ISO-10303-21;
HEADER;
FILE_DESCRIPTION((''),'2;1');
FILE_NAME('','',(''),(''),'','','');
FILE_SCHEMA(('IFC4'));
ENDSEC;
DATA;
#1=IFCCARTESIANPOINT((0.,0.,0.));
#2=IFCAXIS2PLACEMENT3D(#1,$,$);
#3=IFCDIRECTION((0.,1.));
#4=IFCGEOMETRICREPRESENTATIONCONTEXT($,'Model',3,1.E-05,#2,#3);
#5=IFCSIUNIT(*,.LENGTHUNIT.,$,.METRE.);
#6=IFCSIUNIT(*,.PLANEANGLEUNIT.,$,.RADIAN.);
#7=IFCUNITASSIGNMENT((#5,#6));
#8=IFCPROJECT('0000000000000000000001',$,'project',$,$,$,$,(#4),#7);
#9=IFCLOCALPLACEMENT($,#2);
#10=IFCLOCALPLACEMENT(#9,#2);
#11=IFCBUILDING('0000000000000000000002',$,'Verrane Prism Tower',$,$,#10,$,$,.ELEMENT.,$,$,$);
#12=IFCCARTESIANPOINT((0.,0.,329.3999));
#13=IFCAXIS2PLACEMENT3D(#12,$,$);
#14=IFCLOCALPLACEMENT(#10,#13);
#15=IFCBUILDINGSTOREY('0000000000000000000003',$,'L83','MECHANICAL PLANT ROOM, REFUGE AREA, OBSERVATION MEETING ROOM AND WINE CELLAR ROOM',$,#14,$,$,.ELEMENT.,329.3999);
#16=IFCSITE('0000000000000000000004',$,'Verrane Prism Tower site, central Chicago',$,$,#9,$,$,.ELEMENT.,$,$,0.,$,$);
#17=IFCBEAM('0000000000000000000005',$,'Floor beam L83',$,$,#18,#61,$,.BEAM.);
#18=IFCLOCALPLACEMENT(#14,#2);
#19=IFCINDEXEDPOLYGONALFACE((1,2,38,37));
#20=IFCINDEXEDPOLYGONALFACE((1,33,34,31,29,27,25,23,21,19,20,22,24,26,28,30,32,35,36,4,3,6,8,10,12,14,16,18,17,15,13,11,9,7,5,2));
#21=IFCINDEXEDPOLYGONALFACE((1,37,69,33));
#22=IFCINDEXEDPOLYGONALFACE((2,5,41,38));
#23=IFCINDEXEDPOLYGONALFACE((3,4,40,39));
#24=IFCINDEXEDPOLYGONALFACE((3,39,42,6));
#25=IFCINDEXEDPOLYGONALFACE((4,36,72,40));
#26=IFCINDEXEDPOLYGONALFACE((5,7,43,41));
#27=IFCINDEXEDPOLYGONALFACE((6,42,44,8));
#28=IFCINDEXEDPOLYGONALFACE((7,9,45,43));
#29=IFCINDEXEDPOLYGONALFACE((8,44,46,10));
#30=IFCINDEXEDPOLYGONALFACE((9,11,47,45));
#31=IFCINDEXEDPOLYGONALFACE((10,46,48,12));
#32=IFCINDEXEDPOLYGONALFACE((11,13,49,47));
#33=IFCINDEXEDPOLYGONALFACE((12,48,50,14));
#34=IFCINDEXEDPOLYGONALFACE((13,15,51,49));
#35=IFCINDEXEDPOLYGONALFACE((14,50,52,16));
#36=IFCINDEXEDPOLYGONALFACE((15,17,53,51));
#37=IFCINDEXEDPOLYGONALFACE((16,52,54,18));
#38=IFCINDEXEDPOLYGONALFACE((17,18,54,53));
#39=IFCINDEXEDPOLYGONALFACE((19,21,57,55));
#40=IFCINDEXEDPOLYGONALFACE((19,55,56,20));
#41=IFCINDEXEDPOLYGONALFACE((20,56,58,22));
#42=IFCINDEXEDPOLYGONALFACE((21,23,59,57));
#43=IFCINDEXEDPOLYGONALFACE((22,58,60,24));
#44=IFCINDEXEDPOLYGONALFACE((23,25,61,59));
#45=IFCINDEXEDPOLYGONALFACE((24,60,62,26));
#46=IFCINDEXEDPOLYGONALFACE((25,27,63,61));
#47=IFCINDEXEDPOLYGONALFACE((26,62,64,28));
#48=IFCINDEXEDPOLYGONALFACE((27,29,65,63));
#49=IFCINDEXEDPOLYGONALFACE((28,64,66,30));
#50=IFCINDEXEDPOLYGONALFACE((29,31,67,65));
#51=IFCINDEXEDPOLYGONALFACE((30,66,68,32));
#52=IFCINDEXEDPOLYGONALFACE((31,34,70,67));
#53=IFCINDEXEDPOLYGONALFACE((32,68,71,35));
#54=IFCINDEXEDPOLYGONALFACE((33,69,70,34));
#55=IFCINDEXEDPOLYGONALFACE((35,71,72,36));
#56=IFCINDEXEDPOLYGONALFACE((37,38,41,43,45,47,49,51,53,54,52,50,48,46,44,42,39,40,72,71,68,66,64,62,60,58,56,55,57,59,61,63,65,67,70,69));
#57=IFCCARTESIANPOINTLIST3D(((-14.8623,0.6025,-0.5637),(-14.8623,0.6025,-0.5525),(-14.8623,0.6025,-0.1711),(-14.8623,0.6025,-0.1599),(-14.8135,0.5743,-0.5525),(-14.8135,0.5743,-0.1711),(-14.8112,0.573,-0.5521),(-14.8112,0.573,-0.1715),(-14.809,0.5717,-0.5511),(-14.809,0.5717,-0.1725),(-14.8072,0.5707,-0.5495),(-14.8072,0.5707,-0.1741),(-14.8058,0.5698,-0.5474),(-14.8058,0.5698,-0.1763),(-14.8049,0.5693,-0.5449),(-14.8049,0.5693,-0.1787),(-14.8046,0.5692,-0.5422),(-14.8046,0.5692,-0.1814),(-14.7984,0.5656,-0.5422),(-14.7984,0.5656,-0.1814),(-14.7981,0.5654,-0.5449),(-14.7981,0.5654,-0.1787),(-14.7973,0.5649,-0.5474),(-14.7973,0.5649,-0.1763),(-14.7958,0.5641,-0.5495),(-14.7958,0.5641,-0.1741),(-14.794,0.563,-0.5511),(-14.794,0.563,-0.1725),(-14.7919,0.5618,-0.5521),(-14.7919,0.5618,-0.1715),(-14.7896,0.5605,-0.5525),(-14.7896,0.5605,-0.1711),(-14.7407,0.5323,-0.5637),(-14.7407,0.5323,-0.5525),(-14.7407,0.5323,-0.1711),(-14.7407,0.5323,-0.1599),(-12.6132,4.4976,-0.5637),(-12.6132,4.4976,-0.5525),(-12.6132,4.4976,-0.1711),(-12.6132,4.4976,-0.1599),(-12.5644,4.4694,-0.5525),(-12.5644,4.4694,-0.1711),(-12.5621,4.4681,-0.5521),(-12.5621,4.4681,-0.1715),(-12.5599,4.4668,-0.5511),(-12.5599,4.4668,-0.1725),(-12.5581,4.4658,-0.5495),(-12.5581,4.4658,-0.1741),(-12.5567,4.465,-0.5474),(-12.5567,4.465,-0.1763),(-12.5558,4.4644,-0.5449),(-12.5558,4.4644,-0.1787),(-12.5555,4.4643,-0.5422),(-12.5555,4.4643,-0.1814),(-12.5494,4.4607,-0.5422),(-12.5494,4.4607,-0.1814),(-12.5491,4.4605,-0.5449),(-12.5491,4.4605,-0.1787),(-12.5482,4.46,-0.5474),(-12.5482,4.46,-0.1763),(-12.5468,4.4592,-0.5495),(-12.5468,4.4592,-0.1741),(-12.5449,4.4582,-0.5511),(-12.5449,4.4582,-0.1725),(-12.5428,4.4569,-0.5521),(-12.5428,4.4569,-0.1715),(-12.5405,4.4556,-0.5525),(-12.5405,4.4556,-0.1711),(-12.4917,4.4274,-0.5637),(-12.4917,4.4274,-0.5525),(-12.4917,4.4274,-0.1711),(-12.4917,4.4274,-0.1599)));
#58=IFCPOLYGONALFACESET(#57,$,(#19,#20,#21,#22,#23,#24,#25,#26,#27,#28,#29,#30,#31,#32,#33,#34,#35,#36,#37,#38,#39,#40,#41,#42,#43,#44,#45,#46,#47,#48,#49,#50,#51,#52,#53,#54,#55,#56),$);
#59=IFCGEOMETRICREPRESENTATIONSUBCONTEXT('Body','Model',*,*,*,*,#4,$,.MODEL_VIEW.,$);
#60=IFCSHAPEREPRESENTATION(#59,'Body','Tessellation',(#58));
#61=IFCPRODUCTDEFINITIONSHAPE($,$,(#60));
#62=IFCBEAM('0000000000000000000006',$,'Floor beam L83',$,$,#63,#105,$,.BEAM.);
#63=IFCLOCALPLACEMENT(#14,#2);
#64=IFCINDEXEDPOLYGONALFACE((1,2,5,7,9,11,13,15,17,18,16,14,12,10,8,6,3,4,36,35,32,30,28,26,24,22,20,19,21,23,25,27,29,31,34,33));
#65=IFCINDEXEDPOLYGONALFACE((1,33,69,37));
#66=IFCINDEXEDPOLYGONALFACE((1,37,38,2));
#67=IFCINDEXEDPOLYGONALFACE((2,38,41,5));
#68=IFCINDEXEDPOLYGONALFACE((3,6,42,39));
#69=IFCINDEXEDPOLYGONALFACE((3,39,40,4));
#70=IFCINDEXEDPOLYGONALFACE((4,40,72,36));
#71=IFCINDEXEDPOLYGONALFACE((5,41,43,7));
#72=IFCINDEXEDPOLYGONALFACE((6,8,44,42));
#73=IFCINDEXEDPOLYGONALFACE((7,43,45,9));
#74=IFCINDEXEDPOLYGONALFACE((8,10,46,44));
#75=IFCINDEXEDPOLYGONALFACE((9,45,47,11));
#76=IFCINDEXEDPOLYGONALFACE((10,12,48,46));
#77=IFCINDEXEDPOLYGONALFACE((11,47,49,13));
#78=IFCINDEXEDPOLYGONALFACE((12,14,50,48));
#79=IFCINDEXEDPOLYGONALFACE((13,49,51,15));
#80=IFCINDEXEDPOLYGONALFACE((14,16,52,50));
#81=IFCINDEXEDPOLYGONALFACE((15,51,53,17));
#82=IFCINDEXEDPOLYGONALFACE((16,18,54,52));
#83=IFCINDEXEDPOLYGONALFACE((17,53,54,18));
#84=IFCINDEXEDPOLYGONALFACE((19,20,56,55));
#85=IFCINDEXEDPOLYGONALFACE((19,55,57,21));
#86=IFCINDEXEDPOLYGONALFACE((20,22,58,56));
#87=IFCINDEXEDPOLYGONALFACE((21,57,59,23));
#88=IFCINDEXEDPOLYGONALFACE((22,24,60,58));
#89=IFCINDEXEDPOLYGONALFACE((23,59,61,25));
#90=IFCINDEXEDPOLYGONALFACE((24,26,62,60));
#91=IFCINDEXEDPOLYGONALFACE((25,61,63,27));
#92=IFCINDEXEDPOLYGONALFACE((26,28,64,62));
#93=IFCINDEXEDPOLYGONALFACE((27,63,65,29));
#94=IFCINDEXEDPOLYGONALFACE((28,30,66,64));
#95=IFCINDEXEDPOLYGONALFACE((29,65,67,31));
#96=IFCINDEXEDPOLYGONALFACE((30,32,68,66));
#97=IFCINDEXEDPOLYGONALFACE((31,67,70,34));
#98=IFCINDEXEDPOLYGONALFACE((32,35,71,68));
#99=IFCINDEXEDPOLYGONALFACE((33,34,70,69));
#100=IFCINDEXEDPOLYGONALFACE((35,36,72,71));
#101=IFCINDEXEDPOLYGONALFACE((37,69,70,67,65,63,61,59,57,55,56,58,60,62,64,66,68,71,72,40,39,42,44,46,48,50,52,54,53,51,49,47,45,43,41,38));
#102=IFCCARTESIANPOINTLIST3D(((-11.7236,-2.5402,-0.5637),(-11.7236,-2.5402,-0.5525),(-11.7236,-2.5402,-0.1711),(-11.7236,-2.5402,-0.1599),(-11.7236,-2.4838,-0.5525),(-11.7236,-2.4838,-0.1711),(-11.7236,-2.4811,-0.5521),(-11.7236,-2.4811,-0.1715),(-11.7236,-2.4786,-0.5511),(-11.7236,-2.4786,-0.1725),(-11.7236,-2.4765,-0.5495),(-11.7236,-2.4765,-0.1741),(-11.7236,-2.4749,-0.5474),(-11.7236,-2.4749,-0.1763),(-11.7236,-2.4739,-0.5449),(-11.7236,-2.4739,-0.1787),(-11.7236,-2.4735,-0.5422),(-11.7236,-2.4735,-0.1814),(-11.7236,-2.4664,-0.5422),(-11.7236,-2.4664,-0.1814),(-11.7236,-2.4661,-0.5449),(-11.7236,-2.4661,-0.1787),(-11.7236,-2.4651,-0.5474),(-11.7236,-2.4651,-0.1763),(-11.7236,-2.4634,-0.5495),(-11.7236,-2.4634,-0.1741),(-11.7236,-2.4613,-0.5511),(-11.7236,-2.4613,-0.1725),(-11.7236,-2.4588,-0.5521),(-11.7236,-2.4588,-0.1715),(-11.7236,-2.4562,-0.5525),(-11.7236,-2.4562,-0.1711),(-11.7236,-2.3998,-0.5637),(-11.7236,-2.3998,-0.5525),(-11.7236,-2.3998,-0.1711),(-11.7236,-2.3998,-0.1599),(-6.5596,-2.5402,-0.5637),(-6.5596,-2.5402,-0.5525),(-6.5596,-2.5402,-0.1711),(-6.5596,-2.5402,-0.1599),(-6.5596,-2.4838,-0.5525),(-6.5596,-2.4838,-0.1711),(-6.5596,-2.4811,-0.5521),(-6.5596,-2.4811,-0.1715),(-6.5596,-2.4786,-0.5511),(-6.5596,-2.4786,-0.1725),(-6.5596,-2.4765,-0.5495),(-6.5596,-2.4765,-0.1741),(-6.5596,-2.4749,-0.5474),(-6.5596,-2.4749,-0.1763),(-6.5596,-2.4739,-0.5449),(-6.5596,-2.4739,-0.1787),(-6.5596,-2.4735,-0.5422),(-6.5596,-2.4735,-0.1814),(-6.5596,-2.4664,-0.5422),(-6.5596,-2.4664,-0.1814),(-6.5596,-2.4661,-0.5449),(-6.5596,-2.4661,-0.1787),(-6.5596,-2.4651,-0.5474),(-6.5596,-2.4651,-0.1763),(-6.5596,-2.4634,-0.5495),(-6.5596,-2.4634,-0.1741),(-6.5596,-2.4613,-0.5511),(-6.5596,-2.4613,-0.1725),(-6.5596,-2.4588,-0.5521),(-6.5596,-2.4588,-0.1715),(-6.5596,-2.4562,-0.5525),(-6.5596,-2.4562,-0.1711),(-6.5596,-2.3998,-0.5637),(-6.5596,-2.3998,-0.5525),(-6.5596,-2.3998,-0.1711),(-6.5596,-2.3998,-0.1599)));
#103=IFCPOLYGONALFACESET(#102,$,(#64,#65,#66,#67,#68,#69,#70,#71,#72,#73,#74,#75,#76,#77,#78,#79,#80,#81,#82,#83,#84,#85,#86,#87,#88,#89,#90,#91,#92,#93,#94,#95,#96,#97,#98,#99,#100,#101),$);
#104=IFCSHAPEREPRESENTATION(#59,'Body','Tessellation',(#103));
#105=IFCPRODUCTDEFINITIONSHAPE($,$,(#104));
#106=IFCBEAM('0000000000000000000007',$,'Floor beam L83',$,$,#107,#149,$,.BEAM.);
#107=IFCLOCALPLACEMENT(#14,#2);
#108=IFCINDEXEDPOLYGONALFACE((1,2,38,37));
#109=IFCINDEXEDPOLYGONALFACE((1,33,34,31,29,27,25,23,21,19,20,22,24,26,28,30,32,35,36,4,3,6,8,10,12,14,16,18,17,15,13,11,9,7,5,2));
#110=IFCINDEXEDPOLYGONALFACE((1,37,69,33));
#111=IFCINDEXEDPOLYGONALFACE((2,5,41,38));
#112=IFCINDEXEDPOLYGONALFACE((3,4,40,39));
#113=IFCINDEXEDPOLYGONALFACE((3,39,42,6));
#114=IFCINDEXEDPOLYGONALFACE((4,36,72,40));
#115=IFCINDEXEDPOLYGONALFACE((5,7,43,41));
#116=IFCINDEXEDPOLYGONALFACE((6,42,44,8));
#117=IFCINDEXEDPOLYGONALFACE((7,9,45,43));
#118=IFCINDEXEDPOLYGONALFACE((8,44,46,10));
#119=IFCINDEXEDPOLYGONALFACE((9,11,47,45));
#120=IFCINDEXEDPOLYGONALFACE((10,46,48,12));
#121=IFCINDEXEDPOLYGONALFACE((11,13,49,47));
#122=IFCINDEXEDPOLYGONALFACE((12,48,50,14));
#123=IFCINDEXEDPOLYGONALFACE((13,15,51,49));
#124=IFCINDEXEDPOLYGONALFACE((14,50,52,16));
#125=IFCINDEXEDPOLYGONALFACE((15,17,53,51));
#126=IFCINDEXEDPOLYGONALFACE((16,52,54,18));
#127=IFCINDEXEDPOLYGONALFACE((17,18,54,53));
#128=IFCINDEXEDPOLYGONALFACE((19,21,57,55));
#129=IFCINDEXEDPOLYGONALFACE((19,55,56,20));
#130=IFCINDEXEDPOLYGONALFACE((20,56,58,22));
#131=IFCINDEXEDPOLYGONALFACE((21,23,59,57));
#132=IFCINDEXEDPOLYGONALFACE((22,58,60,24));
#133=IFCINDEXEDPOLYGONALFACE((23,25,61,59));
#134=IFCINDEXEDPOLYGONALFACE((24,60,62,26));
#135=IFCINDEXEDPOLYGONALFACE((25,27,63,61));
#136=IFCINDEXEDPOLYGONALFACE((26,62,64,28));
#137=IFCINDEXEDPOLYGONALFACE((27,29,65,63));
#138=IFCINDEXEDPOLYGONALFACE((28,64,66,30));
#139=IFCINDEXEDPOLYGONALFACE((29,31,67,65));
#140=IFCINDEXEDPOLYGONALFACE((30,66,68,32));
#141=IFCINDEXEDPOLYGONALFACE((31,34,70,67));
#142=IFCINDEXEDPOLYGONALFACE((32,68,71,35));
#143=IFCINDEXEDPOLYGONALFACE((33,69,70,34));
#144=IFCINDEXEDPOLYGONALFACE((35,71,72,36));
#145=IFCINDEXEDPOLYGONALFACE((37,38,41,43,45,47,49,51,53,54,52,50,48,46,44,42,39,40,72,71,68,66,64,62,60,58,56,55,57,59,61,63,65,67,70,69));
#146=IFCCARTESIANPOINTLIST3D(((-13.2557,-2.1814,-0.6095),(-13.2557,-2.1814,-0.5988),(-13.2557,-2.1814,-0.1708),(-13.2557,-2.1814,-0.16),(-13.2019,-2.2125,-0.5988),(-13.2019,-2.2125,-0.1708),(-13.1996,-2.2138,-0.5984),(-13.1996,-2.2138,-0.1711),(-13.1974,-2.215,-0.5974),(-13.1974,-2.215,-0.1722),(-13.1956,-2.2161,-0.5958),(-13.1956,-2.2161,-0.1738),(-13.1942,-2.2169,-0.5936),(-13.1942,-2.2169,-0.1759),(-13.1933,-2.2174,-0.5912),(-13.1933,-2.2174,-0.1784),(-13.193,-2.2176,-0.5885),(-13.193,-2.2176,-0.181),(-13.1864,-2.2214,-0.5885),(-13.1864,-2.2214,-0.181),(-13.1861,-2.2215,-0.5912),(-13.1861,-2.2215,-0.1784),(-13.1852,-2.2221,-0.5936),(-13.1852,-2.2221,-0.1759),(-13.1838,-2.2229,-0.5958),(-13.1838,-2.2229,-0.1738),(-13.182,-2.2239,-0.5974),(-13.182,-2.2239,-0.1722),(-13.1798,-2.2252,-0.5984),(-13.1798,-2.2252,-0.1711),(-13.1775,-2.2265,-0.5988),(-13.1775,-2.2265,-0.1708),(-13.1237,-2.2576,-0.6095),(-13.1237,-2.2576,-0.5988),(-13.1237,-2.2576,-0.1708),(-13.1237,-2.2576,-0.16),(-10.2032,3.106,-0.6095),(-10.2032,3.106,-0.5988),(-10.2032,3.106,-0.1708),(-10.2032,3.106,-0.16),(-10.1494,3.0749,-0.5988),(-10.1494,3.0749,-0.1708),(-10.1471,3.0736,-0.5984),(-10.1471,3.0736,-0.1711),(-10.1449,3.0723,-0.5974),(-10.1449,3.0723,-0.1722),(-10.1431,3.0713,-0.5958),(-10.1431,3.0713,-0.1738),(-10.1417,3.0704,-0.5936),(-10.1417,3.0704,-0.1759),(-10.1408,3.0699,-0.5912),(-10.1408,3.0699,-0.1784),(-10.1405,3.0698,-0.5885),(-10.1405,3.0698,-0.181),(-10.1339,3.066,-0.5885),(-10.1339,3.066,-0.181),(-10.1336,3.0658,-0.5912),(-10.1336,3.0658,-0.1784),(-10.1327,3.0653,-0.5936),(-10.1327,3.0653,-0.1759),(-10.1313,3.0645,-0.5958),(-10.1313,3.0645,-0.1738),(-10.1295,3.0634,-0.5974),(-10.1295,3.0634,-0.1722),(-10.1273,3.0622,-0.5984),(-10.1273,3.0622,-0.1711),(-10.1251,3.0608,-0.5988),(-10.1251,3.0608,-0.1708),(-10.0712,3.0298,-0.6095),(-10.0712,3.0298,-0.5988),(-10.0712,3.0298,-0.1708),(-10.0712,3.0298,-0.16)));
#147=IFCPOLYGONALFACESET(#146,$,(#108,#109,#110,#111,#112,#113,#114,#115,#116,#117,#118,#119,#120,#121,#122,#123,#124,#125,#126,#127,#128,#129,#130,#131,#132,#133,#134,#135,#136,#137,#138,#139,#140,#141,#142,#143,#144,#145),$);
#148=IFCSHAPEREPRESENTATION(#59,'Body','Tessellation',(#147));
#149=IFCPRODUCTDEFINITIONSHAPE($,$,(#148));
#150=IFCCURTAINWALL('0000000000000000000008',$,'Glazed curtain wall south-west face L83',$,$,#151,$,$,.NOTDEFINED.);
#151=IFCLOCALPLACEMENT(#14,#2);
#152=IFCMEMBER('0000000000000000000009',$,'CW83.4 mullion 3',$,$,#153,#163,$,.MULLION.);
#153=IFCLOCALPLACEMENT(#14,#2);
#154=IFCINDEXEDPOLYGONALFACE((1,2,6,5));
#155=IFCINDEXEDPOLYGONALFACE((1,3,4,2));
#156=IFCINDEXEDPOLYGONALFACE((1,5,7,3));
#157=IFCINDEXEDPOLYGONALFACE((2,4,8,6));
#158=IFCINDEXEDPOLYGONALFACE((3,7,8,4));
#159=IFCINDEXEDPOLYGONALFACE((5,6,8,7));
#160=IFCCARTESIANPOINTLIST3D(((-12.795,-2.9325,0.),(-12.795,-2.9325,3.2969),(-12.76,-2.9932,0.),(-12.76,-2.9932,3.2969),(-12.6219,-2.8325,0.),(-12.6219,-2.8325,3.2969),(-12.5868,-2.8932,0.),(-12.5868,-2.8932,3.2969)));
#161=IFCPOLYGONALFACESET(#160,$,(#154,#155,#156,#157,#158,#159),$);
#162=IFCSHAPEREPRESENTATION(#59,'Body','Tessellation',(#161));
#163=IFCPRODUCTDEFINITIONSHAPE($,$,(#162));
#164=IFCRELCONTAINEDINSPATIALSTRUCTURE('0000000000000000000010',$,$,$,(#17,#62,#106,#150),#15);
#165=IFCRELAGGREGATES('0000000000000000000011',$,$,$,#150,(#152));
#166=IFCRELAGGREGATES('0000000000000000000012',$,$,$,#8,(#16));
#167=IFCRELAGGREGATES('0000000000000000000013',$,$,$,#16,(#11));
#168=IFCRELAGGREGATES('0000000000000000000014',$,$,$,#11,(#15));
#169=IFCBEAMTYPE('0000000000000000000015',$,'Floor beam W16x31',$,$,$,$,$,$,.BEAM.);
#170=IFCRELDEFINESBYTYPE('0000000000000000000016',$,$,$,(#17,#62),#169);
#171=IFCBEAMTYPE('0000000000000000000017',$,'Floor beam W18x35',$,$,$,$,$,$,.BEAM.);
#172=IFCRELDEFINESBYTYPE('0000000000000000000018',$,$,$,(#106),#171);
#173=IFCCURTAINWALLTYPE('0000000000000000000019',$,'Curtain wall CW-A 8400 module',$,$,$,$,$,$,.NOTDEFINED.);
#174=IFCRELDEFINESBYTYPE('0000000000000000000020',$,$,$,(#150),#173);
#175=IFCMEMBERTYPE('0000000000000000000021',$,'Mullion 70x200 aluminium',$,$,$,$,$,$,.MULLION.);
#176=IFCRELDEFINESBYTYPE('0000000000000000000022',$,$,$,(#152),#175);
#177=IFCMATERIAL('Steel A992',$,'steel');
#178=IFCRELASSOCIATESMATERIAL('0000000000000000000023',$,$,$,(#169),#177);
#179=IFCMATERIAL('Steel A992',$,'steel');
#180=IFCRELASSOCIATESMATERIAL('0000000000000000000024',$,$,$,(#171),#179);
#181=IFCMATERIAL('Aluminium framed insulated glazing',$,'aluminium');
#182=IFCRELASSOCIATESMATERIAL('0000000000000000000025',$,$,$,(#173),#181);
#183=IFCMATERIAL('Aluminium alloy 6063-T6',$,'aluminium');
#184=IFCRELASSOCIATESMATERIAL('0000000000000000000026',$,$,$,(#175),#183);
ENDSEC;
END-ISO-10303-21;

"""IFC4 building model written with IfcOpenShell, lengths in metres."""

from ifc_helpers import new_model, si_unit, direction, frame, origin, origin_2d, place, context, subcontext, project, spatial, rectangle, i_section, extrude, material, material_profile, profile_set, type_object, element, aggregate, save


model = new_model("IFC4")

# Units and contexts
model_context = context("Model", 3, precision=1e-05, world=origin(), true_north=direction((0.0, 1.0)))
body_context = subcontext(model_context, "Body", "Model", "MODEL_VIEW")
ifc_project = project(units=[si_unit("LENGTHUNIT", "METRE"), si_unit("PLANEANGLEUNIT", "RADIAN")], contexts=[model_context])

# Site, building, storey
site_placement = place(None, origin())
site = spatial("IfcSite", under=ifc_project, at=site_placement, Name="Verrane Prism Tower site, central Chicago", CompositionType="ELEMENT", RefElevation=0.0)
building_placement = place(site_placement, origin())
building = spatial("IfcBuilding", under=site, at=building_placement, Name="Verrane Prism Tower", CompositionType="ELEMENT")
storey_placement = place(building_placement, frame((0.0, 0.0, 329.3999)))
storey = spatial("IfcBuildingStorey", under=building, at=storey_placement, Name="L83", Description="MECHANICAL PLANT ROOM, REFUGE AREA, OBSERVATION MEETING ROOM AND WINE CELLAR ROOM", CompositionType="ELEMENT", Elevation=329.3999)

# Beams
ifc_material_1 = material(Name="Steel A992", Category="steel")
ifc_material_profile_1 = material_profile(ifc_material_1, i_section(OverallWidth=0.1404, OverallDepth=0.4038, WebThickness=0.0071, FlangeThickness=0.0112, FilletRadius=0.0103, at=origin_2d()), Name="W16x31")
ifc_profile_set_1 = profile_set([ifc_material_profile_1], Name="Steel A992")
beam_type_1 = type_object("IfcBeamType", Name="Floor beam W16x31", PredefinedType="BEAM", material=ifc_profile_set_1)
beam_1_placement = place(storey_placement, frame((-14.8015, 0.5674, -0.3618), z_axis=(0.500039, 0.866003, 0.0), x_axis=(-0.866003, 0.500039, 0.0)))
element("IfcBeam", 1, at=beam_1_placement, inside=storey, type_object=beam_type_1, Name="Floor beam L83", PredefinedType="BEAM", context=body_context, shape_type="SweptSolid", body=[
    extrude(i_section(OverallWidth=0.1404, OverallDepth=0.4038, WebThickness=0.0071, FlangeThickness=0.0112, FilletRadius=0.0103, at=origin_2d()), origin(), (0.0, 0.0, 1.0), 4.4978),
])
beam_2_placement = place(storey_placement, frame((-11.7236, -2.47, -0.3618), z_axis=(1.0, 0.0, 0.0), x_axis=(0.0, 1.0, 0.0)))
element("IfcBeam", 2, at=beam_2_placement, inside=storey, type_object=beam_type_1, Name="Floor beam L83", PredefinedType="BEAM", context=body_context, shape_type="SweptSolid", body=[
    extrude(i_section(OverallWidth=0.1404, OverallDepth=0.4038, WebThickness=0.0071, FlangeThickness=0.0112, FilletRadius=0.0103, at=origin_2d()), origin(), (0.0, 0.0, 1.0), 5.1641),
])
ifc_material_2 = material(Name="Steel A992", Category="steel")
ifc_material_profile_2 = material_profile(ifc_material_2, i_section(OverallWidth=0.1523, OverallDepth=0.4495, WebThickness=0.0076, FlangeThickness=0.0107, FilletRadius=0.0103, at=origin_2d()), Name="W18x35")
ifc_profile_set_2 = profile_set([ifc_material_profile_2], Name="Steel A992")
beam_type_2 = type_object("IfcBeamType", Name="Floor beam W18x35", PredefinedType="BEAM", material=ifc_profile_set_2)
beam_3_placement = place(storey_placement, frame((-13.1897, -2.2195, -0.3848), z_axis=(0.49998, 0.866037, 0.0), x_axis=(-0.866037, 0.49998, 0.0)))
element("IfcBeam", 3, at=beam_3_placement, inside=storey, type_object=beam_type_2, Name="Floor beam L83", PredefinedType="BEAM", context=body_context, shape_type="SweptSolid", body=[
    extrude(i_section(OverallWidth=0.1523, OverallDepth=0.4495, WebThickness=0.0076, FlangeThickness=0.0107, FilletRadius=0.0103, at=origin_2d()), origin(), (0.0, 0.0, 1.0), 6.1052),
])

# Curtain wall, member
ifc_material_3 = material(Name="Aluminium framed insulated glazing", Category="aluminium")
curtain_wall_type = type_object("IfcCurtainWallType", Name="Curtain wall CW-A 8400 module", PredefinedType="NOTDEFINED", material=ifc_material_3)
curtain_wall_placement = place(storey_placement, origin())
curtain_wall = element("IfcCurtainWall", 4, at=curtain_wall_placement, inside=storey, type_object=curtain_wall_type, Name="Glazed curtain wall south-west face L83", PredefinedType="NOTDEFINED")
ifc_material_4 = material(Name="Aluminium alloy 6063-T6", Category="aluminium")
ifc_material_profile_3 = material_profile(ifc_material_4, rectangle(XDim=0.2, YDim=0.0701, at=origin_2d()), Name="Mullion 70x200 aluminium")
ifc_profile_set_3 = profile_set([ifc_material_profile_3], Name="Aluminium alloy 6063-T6")
member_type_1 = type_object("IfcMemberType", Name="Mullion 70x200 aluminium", PredefinedType="MULLION", material=ifc_profile_set_3)
member_1_placement = place(storey_placement, frame((-12.6909, -2.9128, 0.0), z_axis=(0.0, 0.0, 1.0), x_axis=(0.866025, 0.5, 0.0)))
member_1 = element("IfcMember", 5, at=member_1_placement, type_object=member_type_1, Name="CW83.4 mullion 3", PredefinedType="MULLION", context=body_context, shape_type="SweptSolid", body=[
    extrude(rectangle(XDim=0.2, YDim=0.0701, at=origin_2d()), origin(), (0.0, 0.0, 1.0), 3.2969),
])

aggregate(curtain_wall, [member_1])

save(model, "model.ifc")
